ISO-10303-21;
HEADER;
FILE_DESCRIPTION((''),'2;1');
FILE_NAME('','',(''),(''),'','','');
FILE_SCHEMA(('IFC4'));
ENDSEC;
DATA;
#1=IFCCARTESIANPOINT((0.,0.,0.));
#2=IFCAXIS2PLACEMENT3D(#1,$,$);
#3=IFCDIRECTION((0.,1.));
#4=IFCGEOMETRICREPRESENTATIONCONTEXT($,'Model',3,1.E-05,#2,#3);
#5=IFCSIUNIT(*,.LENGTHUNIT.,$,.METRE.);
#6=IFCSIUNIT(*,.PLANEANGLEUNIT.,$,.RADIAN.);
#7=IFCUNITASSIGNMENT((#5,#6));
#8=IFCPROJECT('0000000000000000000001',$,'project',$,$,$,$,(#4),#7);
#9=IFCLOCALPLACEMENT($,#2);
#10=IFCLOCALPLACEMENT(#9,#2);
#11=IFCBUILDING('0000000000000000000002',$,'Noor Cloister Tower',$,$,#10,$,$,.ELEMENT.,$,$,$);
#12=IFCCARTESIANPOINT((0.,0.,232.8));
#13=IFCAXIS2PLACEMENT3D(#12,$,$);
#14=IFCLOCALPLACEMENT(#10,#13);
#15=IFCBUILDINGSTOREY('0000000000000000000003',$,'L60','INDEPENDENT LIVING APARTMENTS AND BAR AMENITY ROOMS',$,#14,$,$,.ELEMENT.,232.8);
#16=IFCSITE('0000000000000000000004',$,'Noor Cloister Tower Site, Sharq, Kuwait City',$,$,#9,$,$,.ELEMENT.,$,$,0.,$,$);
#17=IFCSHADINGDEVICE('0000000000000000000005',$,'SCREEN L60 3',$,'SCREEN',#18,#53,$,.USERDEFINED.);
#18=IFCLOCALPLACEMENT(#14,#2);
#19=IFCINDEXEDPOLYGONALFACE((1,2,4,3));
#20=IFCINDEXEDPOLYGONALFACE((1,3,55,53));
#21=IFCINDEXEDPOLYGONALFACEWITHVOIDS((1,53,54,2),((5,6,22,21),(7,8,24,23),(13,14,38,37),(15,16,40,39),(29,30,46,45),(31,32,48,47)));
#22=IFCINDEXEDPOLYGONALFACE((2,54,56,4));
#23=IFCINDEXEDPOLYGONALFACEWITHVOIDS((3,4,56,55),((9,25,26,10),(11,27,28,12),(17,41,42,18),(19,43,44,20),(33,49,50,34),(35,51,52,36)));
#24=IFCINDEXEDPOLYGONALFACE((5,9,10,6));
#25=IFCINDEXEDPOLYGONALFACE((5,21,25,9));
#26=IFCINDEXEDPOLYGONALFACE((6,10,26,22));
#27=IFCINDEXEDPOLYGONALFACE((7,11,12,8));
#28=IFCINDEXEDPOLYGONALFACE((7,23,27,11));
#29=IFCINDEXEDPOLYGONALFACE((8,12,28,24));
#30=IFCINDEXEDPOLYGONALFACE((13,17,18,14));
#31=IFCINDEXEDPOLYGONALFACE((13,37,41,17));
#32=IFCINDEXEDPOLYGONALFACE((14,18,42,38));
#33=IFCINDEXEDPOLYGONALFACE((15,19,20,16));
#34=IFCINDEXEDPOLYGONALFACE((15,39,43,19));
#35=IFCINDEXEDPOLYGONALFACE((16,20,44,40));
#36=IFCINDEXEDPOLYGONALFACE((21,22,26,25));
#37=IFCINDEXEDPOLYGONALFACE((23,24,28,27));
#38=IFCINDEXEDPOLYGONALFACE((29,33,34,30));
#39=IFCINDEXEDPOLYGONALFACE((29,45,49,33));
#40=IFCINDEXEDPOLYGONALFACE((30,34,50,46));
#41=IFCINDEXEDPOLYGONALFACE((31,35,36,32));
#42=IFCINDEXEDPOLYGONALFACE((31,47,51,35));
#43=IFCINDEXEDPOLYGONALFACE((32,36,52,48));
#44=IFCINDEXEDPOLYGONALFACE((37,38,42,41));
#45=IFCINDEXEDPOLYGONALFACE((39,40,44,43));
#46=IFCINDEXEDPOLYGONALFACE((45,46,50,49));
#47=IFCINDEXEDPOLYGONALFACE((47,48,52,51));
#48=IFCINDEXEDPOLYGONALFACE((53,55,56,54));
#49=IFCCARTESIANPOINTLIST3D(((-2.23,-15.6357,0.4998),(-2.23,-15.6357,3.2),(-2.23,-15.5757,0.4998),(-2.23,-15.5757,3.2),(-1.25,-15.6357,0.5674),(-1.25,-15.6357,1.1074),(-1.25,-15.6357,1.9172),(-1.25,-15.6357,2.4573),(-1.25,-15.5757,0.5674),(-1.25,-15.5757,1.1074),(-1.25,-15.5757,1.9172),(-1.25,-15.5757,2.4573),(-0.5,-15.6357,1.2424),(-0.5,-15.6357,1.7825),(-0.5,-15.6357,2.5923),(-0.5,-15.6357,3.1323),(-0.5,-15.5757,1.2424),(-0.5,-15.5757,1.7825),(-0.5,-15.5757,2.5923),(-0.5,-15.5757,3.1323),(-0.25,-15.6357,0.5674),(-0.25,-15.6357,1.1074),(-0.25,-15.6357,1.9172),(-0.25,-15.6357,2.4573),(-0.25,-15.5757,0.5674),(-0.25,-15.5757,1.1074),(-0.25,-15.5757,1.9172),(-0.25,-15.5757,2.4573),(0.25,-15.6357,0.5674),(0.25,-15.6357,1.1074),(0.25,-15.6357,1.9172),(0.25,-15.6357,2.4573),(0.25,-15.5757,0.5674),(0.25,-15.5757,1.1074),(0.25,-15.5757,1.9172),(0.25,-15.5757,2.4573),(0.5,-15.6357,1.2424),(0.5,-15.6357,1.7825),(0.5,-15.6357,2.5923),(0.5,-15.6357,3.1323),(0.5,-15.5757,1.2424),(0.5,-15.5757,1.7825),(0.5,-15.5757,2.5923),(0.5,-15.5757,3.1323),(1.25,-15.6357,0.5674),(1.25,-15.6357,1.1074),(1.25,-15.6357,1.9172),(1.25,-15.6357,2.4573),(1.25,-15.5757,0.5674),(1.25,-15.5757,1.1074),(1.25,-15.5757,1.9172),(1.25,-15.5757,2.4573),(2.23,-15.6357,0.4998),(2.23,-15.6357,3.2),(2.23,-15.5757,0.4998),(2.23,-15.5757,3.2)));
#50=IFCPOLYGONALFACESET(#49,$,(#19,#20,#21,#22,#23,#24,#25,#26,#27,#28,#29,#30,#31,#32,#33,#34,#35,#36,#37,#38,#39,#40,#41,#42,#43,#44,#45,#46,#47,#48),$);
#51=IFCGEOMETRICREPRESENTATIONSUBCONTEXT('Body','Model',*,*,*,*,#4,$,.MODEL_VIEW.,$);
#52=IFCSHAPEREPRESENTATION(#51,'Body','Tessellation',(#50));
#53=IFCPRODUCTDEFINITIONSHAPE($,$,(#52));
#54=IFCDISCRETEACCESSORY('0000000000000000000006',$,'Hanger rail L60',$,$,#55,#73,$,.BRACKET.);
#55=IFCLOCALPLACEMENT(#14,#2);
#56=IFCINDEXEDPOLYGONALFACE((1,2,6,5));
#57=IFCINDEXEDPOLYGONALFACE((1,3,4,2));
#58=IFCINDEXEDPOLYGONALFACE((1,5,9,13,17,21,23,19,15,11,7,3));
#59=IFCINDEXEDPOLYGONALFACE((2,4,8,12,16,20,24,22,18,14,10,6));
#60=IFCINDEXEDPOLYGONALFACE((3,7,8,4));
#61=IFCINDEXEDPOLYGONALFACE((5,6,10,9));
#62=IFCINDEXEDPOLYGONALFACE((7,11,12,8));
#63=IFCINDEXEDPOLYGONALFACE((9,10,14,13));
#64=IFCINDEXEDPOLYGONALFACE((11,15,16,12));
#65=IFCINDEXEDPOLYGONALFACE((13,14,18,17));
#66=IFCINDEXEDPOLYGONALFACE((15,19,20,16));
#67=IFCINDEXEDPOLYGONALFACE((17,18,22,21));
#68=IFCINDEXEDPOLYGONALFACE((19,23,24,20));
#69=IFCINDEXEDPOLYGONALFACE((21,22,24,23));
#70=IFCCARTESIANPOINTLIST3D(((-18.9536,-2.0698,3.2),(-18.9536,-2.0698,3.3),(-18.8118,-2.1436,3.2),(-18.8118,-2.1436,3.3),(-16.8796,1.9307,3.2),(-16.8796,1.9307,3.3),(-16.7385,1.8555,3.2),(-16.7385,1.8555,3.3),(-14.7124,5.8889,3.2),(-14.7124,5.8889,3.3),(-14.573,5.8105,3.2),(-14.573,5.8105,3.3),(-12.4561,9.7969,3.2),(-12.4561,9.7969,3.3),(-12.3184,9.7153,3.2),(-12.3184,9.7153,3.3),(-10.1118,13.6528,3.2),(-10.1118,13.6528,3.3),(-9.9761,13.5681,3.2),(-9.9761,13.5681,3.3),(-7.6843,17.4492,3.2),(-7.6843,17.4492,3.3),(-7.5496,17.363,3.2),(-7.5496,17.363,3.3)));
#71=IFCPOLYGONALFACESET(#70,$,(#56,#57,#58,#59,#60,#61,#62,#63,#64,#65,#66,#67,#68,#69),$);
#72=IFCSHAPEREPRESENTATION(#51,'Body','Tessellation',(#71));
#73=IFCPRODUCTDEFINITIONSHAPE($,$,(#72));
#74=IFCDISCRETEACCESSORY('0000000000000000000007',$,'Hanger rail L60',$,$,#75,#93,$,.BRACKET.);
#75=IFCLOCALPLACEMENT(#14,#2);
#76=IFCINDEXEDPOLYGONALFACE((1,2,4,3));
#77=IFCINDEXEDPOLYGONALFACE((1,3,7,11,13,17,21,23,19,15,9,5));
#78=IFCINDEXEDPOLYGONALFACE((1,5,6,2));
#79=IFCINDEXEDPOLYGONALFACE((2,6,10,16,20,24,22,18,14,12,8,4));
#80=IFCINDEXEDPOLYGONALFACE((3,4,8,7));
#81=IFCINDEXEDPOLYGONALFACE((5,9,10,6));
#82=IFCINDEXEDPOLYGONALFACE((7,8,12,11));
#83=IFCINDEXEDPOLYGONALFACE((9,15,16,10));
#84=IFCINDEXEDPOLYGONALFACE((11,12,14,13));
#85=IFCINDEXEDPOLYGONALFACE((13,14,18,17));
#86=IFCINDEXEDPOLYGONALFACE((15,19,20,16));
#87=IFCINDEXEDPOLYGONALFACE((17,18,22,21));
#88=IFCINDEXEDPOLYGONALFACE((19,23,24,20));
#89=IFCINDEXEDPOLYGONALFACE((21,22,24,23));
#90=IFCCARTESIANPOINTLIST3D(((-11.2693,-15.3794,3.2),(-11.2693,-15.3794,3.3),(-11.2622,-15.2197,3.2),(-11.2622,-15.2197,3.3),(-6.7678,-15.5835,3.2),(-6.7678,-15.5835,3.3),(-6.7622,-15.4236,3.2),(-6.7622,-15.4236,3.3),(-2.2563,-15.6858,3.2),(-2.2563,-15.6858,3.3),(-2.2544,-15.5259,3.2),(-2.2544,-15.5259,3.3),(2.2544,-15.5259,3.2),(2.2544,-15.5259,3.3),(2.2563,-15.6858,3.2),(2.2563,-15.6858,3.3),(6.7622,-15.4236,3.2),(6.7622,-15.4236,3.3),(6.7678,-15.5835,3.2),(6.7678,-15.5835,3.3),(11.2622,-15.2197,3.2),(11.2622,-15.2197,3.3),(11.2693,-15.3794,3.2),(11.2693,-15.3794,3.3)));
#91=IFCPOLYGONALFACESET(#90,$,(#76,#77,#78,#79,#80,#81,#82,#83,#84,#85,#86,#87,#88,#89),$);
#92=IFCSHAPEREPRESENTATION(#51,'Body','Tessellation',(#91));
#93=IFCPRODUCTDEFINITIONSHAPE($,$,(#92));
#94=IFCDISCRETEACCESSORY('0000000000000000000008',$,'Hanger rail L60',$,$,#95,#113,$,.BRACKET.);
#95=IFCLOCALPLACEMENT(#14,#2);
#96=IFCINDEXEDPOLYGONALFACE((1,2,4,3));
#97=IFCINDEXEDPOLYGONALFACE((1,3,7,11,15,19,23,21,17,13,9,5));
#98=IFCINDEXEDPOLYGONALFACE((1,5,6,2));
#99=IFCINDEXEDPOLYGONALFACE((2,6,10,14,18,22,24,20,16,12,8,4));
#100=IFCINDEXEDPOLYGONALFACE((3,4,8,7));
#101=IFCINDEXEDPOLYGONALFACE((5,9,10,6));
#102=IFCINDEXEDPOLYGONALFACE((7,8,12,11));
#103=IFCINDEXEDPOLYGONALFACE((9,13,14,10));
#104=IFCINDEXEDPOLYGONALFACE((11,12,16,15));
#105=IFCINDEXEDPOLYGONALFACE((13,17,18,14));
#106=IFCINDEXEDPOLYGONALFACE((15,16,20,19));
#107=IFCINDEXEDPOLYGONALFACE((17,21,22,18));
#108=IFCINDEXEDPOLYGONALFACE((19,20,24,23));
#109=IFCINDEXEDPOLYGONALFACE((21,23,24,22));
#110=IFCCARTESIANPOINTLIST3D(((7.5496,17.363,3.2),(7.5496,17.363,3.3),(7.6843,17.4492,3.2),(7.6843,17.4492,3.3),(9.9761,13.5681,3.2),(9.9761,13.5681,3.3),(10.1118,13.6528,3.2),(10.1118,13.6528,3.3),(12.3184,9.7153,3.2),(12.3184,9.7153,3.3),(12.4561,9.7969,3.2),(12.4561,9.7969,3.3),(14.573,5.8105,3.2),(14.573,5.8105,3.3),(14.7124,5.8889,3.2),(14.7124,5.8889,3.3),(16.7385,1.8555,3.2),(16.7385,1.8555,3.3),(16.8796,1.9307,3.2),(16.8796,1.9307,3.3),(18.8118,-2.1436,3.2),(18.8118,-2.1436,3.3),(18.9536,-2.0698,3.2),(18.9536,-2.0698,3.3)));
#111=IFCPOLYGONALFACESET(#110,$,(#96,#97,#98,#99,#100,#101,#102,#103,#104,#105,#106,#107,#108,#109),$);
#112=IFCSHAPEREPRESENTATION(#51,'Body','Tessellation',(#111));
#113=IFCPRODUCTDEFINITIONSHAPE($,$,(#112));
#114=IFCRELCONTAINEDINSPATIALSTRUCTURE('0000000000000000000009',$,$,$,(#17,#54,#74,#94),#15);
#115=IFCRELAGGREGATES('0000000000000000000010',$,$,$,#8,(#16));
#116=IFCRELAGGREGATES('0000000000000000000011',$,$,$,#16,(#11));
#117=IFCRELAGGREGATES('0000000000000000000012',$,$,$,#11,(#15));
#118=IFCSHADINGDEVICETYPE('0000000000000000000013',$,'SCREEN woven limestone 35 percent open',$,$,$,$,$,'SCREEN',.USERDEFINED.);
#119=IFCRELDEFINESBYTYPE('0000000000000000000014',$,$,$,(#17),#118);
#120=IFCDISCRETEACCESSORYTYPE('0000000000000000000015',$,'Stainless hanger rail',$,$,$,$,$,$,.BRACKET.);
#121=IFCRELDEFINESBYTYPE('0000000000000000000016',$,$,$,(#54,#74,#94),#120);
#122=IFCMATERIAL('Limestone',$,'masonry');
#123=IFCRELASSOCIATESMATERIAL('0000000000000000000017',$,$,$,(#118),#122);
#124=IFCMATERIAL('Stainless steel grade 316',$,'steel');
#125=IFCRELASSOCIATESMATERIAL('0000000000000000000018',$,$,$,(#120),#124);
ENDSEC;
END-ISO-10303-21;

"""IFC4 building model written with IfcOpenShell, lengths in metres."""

from ifc_helpers import new_model, si_unit, direction, frame, origin, place, context, subcontext, project, spatial, polyline, outline, extrude, material, material_profile, profile_set, type_object, element, save


model = new_model("IFC4")

# Units and contexts
model_context = context("Model", 3, precision=1e-05, world=origin(), true_north=direction((0.0, 1.0)))
body_context = subcontext(model_context, "Body", "Model", "MODEL_VIEW")
ifc_project = project(units=[si_unit("LENGTHUNIT", "METRE"), si_unit("PLANEANGLEUNIT", "RADIAN")], contexts=[model_context])

# Site, building, storey
site_placement = place(None, origin())
site = spatial("IfcSite", under=ifc_project, at=site_placement, Name="Noor Cloister Tower Site, Sharq, Kuwait City", CompositionType="ELEMENT", RefElevation=0.0)
building_placement = place(site_placement, origin())
building = spatial("IfcBuilding", under=site, at=building_placement, Name="Noor Cloister Tower", CompositionType="ELEMENT")
storey_placement = place(building_placement, frame((0.0, 0.0, 232.8)))
storey = spatial("IfcBuildingStorey", under=building, at=storey_placement, Name="L60", Description="INDEPENDENT LIVING APARTMENTS AND BAR AMENITY ROOMS", CompositionType="ELEMENT", Elevation=232.8)

# Shading device
ifc_material_1 = material(Name="Limestone", Category="masonry")
ifc_material_profile_1 = material_profile(ifc_material_1, outline(polyline([(-2.23, -1.3501), (2.23, -1.3501), (2.23, 1.3501), (-2.23, 1.3501), (-2.23, -1.3501)]), holes=[polyline([(-1.25, -1.2825), (-0.25, -1.2825), (-0.25, -0.7424), (-1.25, -0.7424), (-1.25, -1.2825)]), polyline([(0.25, -1.2825), (1.25, -1.2825), (1.25, -0.7424), (0.25, -0.7424), (0.25, -1.2825)]), polyline([(-0.5, -0.6074), (0.5, -0.6074), (0.5, -0.0674), (-0.5, -0.0674), (-0.5, -0.6074)]), polyline([(-1.25, 0.0674), (-0.25, 0.0674), (-0.25, 0.6074), (-1.25, 0.6074), (-1.25, 0.0674)]), polyline([(0.25, 0.0674), (1.25, 0.0674), (1.25, 0.6074), (0.25, 0.6074), (0.25, 0.0674)]), polyline([(-0.5, 0.7424), (0.5, 0.7424), (0.5, 1.2825), (-0.5, 1.2825), (-0.5, 0.7424)])]), Name="Woven screen 35 percent open")
ifc_profile_set_1 = profile_set([ifc_material_profile_1], Name="Limestone")
shading_device_type = type_object("IfcShadingDeviceType", Name="SCREEN woven limestone 35 percent open", ElementType="SCREEN", PredefinedType="USERDEFINED", material=ifc_profile_set_1)
for number, where, z_axis, x_axis, name in (
    (1, (0.0, -15.5757, 1.8499), (0.0, -1.0, 0.0), (1.0, 0.0, 0.0), "SCREEN L60 3"),
):
    element("IfcShadingDevice", number, at=place(storey_placement, frame(where, z_axis=z_axis, x_axis=x_axis)), inside=storey, type_object=shading_device_type, Name=name, ObjectType="SCREEN", PredefinedType="USERDEFINED", context=body_context, shape_type="SweptSolid", body=[
        extrude(outline(polyline([(-2.23, -1.3501), (2.23, -1.3501), (2.23, 1.3501), (-2.23, 1.3501), (-2.23, -1.3501)]), holes=[polyline([(-1.25, -1.2825), (-0.25, -1.2825), (-0.25, -0.7424), (-1.25, -0.7424), (-1.25, -1.2825)]), polyline([(0.25, -1.2825), (1.25, -1.2825), (1.25, -0.7424), (0.25, -0.7424), (0.25, -1.2825)]), polyline([(-0.5, -0.6074), (0.5, -0.6074), (0.5, -0.0674), (-0.5, -0.0674), (-0.5, -0.6074)]), polyline([(-1.25, 0.0674), (-0.25, 0.0674), (-0.25, 0.6074), (-1.25, 0.6074), (-1.25, 0.0674)]), polyline([(0.25, 0.0674), (1.25, 0.0674), (1.25, 0.6074), (0.25, 0.6074), (0.25, 0.0674)]), polyline([(-0.5, 0.7424), (0.5, 0.7424), (0.5, 1.2825), (-0.5, 1.2825), (-0.5, 0.7424)])]), origin(), (0.0, 0.0, 1.0), 0.0601),
    ])

# Discrete accessories
ifc_material_2 = material(Name="Stainless steel grade 316", Category="steel")
discrete_accessory_type = type_object("IfcDiscreteAccessoryType", Name="Stainless hanger rail", PredefinedType="BRACKET", material=ifc_material_2)
discrete_accessory_1_placement = place(storey_placement, frame((0.0, 0.0, 3.2)))
element("IfcDiscreteAccessory", 2, at=discrete_accessory_1_placement, inside=storey, type_object=discrete_accessory_type, Name="Hanger rail L60", PredefinedType="BRACKET", context=body_context, shape_type="SweptSolid", body=[
    extrude(outline(polyline([(-7.6843, 17.4492), (-10.1118, 13.6528), (-12.4561, 9.7969), (-14.7124, 5.8889), (-16.8796, 1.9307), (-18.9536, -2.0698), (-18.8118, -2.1436), (-16.7385, 1.8555), (-14.573, 5.8105), (-12.3184, 9.7153), (-9.9761, 13.5681), (-7.5496, 17.363), (-7.6843, 17.4492)])), origin(), (0.0, 0.0, 1.0), 0.1001),
])
discrete_accessory_2_placement = place(storey_placement, frame((0.0, 0.0, 3.2)))
element("IfcDiscreteAccessory", 3, at=discrete_accessory_2_placement, inside=storey, type_object=discrete_accessory_type, Name="Hanger rail L60", PredefinedType="BRACKET", context=body_context, shape_type="SweptSolid", body=[
    extrude(outline(polyline([(-11.2693, -15.3794), (-6.7678, -15.5835), (-2.2563, -15.6858), (2.2563, -15.6858), (6.7678, -15.5835), (11.2693, -15.3794), (11.2622, -15.2197), (6.7622, -15.4236), (2.2544, -15.5259), (-2.2544, -15.5259), (-6.7622, -15.4236), (-11.2622, -15.2197), (-11.2693, -15.3794)])), origin(), (0.0, 0.0, 1.0), 0.1001),
])
discrete_accessory_3_placement = place(storey_placement, frame((0.0, 0.0, 3.2)))
element("IfcDiscreteAccessory", 4, at=discrete_accessory_3_placement, inside=storey, type_object=discrete_accessory_type, Name="Hanger rail L60", PredefinedType="BRACKET", context=body_context, shape_type="SweptSolid", body=[
    extrude(outline(polyline([(18.9536, -2.0698), (16.8796, 1.9307), (14.7124, 5.8889), (12.4561, 9.7969), (10.1118, 13.6528), (7.6843, 17.4492), (7.5496, 17.363), (9.9761, 13.5681), (12.3184, 9.7153), (14.573, 5.8105), (16.7385, 1.8555), (18.8118, -2.1436), (18.9536, -2.0698)])), origin(), (0.0, 0.0, 1.0), 0.1001),
])

save(model, "model.ifc")
